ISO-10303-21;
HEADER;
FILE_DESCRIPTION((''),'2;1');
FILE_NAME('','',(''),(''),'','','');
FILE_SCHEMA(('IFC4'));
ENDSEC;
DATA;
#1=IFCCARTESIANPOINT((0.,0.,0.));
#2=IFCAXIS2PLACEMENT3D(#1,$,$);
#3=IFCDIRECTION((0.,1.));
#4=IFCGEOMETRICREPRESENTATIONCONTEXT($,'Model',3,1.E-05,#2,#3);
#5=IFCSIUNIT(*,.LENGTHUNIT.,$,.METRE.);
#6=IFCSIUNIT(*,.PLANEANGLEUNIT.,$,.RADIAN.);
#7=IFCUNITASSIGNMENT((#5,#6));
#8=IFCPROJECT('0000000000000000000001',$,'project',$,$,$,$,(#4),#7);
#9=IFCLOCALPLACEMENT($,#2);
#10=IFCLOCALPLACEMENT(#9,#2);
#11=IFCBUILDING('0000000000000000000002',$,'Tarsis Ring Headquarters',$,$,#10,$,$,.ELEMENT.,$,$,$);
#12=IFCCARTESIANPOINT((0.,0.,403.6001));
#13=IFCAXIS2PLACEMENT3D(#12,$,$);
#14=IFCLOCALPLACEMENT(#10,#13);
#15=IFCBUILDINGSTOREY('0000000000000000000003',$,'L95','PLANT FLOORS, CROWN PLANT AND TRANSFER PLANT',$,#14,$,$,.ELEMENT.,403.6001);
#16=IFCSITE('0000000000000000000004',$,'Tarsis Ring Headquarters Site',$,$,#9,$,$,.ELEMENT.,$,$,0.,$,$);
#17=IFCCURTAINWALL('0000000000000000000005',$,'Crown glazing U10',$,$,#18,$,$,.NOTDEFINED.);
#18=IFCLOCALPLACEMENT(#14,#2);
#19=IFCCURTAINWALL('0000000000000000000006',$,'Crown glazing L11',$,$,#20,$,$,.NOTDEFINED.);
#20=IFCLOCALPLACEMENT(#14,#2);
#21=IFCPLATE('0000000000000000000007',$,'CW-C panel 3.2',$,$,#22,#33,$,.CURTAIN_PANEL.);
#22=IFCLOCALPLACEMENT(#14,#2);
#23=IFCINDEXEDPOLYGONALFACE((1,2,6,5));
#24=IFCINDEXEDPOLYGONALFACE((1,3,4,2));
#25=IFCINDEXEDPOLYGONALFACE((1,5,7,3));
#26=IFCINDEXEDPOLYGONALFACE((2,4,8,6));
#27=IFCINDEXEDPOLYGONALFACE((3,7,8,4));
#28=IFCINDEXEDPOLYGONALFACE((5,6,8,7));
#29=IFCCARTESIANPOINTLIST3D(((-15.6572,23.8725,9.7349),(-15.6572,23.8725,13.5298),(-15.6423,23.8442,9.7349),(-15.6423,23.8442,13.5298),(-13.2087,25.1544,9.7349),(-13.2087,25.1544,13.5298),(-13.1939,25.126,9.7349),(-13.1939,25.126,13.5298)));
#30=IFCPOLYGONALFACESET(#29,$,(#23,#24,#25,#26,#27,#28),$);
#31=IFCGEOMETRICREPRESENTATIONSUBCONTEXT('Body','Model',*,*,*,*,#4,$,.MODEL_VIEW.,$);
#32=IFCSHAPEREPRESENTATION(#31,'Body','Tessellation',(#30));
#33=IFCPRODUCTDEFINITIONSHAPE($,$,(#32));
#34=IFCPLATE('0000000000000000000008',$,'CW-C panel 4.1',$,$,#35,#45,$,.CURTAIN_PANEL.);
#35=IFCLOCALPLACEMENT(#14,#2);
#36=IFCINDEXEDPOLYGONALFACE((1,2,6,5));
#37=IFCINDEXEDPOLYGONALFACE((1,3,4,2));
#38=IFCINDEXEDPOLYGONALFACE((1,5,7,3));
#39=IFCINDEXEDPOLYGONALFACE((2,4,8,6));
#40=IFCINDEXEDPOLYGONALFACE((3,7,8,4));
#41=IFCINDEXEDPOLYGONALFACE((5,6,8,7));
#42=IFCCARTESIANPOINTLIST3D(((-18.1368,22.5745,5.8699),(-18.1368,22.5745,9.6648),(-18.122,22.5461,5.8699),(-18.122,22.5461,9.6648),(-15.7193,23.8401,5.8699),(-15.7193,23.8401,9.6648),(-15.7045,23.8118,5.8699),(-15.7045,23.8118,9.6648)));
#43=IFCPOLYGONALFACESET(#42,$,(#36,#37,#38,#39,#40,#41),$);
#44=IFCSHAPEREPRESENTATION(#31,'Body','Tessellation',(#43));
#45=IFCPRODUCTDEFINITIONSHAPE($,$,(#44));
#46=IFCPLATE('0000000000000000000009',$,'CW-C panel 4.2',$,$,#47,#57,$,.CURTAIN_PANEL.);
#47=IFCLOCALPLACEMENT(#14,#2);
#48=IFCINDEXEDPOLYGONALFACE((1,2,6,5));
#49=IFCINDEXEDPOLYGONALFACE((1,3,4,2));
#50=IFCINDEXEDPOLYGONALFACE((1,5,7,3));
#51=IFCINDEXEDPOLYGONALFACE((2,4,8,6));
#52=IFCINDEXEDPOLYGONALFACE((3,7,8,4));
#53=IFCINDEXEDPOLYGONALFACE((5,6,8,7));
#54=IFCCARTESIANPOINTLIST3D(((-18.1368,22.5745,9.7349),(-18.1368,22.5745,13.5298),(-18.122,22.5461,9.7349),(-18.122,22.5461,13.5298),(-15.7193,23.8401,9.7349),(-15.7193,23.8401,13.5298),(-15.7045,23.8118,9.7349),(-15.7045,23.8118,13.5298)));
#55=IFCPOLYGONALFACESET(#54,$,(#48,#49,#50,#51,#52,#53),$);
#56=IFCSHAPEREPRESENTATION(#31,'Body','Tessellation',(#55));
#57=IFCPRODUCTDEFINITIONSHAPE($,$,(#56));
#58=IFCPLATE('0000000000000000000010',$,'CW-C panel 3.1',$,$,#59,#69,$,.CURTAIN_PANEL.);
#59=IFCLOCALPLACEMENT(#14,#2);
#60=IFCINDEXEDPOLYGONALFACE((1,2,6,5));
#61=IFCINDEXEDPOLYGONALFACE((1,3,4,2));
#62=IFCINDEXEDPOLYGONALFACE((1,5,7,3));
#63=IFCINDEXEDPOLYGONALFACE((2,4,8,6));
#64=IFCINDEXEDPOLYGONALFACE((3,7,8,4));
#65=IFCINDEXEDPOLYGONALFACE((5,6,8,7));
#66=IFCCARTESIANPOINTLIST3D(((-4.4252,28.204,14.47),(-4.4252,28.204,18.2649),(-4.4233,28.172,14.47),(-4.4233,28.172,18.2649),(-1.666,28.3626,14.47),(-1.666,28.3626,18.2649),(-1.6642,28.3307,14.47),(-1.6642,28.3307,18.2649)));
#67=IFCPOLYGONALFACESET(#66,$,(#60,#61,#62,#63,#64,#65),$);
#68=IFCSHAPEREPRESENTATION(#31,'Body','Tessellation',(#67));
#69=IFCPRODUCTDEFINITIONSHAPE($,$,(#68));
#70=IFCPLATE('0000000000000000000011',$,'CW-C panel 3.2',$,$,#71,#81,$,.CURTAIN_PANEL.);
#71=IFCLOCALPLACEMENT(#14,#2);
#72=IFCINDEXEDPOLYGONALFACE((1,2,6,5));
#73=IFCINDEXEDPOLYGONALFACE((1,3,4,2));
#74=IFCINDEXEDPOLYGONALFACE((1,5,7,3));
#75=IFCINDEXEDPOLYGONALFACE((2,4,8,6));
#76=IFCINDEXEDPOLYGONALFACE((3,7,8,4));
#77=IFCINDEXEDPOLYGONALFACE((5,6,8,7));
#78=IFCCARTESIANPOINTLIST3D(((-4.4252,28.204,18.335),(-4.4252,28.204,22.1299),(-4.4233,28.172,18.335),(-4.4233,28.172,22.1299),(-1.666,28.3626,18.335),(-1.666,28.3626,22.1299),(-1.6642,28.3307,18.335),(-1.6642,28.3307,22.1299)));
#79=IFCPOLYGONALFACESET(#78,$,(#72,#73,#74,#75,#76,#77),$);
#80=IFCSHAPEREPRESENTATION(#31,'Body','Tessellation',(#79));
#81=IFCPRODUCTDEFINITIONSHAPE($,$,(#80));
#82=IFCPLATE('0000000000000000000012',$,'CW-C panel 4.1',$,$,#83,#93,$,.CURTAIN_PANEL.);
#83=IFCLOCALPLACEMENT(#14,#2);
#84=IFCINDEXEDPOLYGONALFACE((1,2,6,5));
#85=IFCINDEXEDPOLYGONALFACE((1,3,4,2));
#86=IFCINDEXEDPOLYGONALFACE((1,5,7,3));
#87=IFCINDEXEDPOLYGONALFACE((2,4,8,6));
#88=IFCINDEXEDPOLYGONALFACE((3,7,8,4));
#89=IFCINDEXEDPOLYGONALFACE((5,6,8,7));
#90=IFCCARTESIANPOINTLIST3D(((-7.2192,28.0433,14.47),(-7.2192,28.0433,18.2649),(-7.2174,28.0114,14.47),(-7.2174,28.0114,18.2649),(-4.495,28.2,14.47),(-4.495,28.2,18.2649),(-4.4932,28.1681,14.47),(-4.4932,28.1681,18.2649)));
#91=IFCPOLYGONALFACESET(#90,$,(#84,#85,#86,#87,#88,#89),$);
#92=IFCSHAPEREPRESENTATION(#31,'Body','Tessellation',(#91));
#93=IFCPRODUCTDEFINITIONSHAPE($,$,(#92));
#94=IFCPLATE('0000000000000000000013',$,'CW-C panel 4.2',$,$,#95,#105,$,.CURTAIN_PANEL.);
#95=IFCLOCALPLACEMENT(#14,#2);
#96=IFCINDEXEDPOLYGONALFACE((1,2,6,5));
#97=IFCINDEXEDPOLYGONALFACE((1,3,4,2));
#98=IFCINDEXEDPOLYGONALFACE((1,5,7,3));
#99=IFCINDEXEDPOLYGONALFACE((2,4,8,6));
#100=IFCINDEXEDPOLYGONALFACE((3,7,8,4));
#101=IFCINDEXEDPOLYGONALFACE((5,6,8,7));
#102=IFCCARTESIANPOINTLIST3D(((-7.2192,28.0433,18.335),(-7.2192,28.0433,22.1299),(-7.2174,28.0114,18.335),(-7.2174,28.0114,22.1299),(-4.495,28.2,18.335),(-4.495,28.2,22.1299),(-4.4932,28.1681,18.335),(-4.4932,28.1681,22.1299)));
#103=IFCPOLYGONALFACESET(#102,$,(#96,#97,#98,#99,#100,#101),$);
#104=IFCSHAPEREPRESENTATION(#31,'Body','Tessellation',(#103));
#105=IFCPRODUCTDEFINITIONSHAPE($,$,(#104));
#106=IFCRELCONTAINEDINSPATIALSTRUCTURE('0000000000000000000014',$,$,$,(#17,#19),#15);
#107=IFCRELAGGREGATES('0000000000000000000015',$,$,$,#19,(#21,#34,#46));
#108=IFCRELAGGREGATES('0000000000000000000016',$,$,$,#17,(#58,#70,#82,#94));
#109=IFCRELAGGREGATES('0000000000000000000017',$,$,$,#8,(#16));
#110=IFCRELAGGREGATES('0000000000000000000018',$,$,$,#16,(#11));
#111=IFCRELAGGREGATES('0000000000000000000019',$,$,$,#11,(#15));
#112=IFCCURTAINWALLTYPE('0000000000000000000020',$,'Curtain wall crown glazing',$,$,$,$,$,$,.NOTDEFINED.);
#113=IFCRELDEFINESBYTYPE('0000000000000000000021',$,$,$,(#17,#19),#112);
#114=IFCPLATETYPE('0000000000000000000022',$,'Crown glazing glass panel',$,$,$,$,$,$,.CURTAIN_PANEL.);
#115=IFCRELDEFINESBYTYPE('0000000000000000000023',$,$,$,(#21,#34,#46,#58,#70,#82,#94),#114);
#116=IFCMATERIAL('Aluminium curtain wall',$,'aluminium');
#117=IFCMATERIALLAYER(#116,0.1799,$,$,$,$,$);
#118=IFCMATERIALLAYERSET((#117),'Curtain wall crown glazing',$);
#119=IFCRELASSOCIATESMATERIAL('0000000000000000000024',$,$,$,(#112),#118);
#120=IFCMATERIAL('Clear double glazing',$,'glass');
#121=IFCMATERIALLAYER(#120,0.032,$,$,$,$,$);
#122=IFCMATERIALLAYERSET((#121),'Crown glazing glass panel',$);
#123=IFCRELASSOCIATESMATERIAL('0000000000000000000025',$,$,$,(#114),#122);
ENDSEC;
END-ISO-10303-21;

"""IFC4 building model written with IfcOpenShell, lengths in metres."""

from ifc_helpers import new_model, si_unit, direction, frame, origin, origin_2d, place, context, subcontext, project, spatial, rectangle, extrude, material, layer, layer_set, type_object, element, aggregate, save


model = new_model("IFC4")

# Units and contexts
model_context = context("Model", 3, precision=1e-05, world=origin(), true_north=direction((0.0, 1.0)))
body_context = subcontext(model_context, "Body", "Model", "MODEL_VIEW")
ifc_project = project(units=[si_unit("LENGTHUNIT", "METRE"), si_unit("PLANEANGLEUNIT", "RADIAN")], contexts=[model_context])

# Site, building, storey
site_placement = place(None, origin())
site = spatial("IfcSite", under=ifc_project, at=site_placement, Name="Tarsis Ring Headquarters Site", CompositionType="ELEMENT", RefElevation=0.0)
building_placement = place(site_placement, origin())
building = spatial("IfcBuilding", under=site, at=building_placement, Name="Tarsis Ring Headquarters", CompositionType="ELEMENT")
storey_placement = place(building_placement, frame((0.0, 0.0, 403.6001)))
storey = spatial("IfcBuildingStorey", under=building, at=storey_placement, Name="L95", Description="PLANT FLOORS, CROWN PLANT AND TRANSFER PLANT", CompositionType="ELEMENT", Elevation=403.6001)

# Curtain walls
ifc_material_1 = material(Name="Aluminium curtain wall", Category="aluminium")
ifc_layer_1 = layer(ifc_material_1, 0.1799)
ifc_layer_set_1 = layer_set([ifc_layer_1], Name="Curtain wall crown glazing")
curtain_wall_type = type_object("IfcCurtainWallType", Name="Curtain wall crown glazing", PredefinedType="NOTDEFINED", material=ifc_layer_set_1)
curtain_wall_1_placement = place(storey_placement, origin())
curtain_wall_1 = element("IfcCurtainWall", 1, at=curtain_wall_1_placement, inside=storey, type_object=curtain_wall_type, Name="Crown glazing U10", PredefinedType="NOTDEFINED")
curtain_wall_2_placement = place(storey_placement, origin())
curtain_wall_2 = element("IfcCurtainWall", 2, at=curtain_wall_2_placement, inside=storey, type_object=curtain_wall_type, Name="Crown glazing L11", PredefinedType="NOTDEFINED")

# Plates
ifc_material_2 = material(Name="Clear double glazing", Category="glass")
ifc_layer_2 = layer(ifc_material_2, 0.032)
ifc_layer_set_2 = layer_set([ifc_layer_2], Name="Crown glazing glass panel")
plate_type = type_object("IfcPlateType", Name="Crown glazing glass panel", PredefinedType="CURTAIN_PANEL", material=ifc_layer_set_2)
plate_1_placement = place(storey_placement, frame((-14.4255, 24.4993, 9.7349), z_axis=(0.0, 0.0, 1.0), x_axis=(-0.885931, -0.463818, 0.0)))
plate_1 = element("IfcPlate", 3, at=plate_1_placement, type_object=plate_type, Name="CW-C panel 3.2", PredefinedType="CURTAIN_PANEL", context=body_context, shape_type="SweptSolid", body=[
    extrude(rectangle(XDim=2.7637, YDim=0.032, at=origin_2d()), origin(), (0.0, 0.0, 1.0), 3.7949),
])
plate_2_placement = place(storey_placement, frame((-16.9207, 23.1931, 5.8699), z_axis=(0.0, 0.0, 1.0), x_axis=(-0.885931, -0.463818, 0.0)))
plate_2 = element("IfcPlate", 4, at=plate_2_placement, type_object=plate_type, Name="CW-C panel 4.1", PredefinedType="CURTAIN_PANEL", context=body_context, shape_type="SweptSolid", body=[
    extrude(rectangle(XDim=2.7288, YDim=0.032, at=origin_2d()), origin(), (0.0, 0.0, 1.0), 3.7949),
])
plate_3_placement = place(storey_placement, frame((-16.9207, 23.1931, 9.7349), z_axis=(0.0, 0.0, 1.0), x_axis=(-0.885931, -0.463818, 0.0)))
plate_3 = element("IfcPlate", 5, at=plate_3_placement, type_object=plate_type, Name="CW-C panel 4.2", PredefinedType="CURTAIN_PANEL", context=body_context, shape_type="SweptSolid", body=[
    extrude(rectangle(XDim=2.7288, YDim=0.032, at=origin_2d()), origin(), (0.0, 0.0, 1.0), 3.7949),
])
aggregate(curtain_wall_2, [plate_1, plate_2, plate_3])
plate_4_placement = place(storey_placement, frame((-3.0447, 28.2673, 14.47), z_axis=(0.0, 0.0, 1.0), x_axis=(-0.998351, -0.057412, 0.0)))
plate_4 = element("IfcPlate", 6, at=plate_4_placement, type_object=plate_type, Name="CW-C panel 3.1", PredefinedType="CURTAIN_PANEL", context=body_context, shape_type="SweptSolid", body=[
    extrude(rectangle(XDim=2.7637, YDim=0.032, at=origin_2d()), origin(), (0.0, 0.0, 1.0), 3.7949),
])
plate_5_placement = place(storey_placement, frame((-3.0447, 28.2673, 18.335), z_axis=(0.0, 0.0, 1.0), x_axis=(-0.998351, -0.057412, 0.0)))
plate_5 = element("IfcPlate", 7, at=plate_5_placement, type_object=plate_type, Name="CW-C panel 3.2", PredefinedType="CURTAIN_PANEL", context=body_context, shape_type="SweptSolid", body=[
    extrude(rectangle(XDim=2.7637, YDim=0.032, at=origin_2d()), origin(), (0.0, 0.0, 1.0), 3.7949),
])
plate_6_placement = place(storey_placement, frame((-5.8562, 28.1057, 14.47), z_axis=(0.0, 0.0, 1.0), x_axis=(-0.998351, -0.057412, 0.0)))
plate_6 = element("IfcPlate", 8, at=plate_6_placement, type_object=plate_type, Name="CW-C panel 4.1", PredefinedType="CURTAIN_PANEL", context=body_context, shape_type="SweptSolid", body=[
    extrude(rectangle(XDim=2.7288, YDim=0.032, at=origin_2d()), origin(), (0.0, 0.0, 1.0), 3.7949),
])
plate_7_placement = place(storey_placement, frame((-5.8562, 28.1057, 18.335), z_axis=(0.0, 0.0, 1.0), x_axis=(-0.998351, -0.057412, 0.0)))
plate_7 = element("IfcPlate", 9, at=plate_7_placement, type_object=plate_type, Name="CW-C panel 4.2", PredefinedType="CURTAIN_PANEL", context=body_context, shape_type="SweptSolid", body=[
    extrude(rectangle(XDim=2.7288, YDim=0.032, at=origin_2d()), origin(), (0.0, 0.0, 1.0), 3.7949),
])
aggregate(curtain_wall_1, [plate_4, plate_5, plate_6, plate_7])

save(model, "model.ifc")
